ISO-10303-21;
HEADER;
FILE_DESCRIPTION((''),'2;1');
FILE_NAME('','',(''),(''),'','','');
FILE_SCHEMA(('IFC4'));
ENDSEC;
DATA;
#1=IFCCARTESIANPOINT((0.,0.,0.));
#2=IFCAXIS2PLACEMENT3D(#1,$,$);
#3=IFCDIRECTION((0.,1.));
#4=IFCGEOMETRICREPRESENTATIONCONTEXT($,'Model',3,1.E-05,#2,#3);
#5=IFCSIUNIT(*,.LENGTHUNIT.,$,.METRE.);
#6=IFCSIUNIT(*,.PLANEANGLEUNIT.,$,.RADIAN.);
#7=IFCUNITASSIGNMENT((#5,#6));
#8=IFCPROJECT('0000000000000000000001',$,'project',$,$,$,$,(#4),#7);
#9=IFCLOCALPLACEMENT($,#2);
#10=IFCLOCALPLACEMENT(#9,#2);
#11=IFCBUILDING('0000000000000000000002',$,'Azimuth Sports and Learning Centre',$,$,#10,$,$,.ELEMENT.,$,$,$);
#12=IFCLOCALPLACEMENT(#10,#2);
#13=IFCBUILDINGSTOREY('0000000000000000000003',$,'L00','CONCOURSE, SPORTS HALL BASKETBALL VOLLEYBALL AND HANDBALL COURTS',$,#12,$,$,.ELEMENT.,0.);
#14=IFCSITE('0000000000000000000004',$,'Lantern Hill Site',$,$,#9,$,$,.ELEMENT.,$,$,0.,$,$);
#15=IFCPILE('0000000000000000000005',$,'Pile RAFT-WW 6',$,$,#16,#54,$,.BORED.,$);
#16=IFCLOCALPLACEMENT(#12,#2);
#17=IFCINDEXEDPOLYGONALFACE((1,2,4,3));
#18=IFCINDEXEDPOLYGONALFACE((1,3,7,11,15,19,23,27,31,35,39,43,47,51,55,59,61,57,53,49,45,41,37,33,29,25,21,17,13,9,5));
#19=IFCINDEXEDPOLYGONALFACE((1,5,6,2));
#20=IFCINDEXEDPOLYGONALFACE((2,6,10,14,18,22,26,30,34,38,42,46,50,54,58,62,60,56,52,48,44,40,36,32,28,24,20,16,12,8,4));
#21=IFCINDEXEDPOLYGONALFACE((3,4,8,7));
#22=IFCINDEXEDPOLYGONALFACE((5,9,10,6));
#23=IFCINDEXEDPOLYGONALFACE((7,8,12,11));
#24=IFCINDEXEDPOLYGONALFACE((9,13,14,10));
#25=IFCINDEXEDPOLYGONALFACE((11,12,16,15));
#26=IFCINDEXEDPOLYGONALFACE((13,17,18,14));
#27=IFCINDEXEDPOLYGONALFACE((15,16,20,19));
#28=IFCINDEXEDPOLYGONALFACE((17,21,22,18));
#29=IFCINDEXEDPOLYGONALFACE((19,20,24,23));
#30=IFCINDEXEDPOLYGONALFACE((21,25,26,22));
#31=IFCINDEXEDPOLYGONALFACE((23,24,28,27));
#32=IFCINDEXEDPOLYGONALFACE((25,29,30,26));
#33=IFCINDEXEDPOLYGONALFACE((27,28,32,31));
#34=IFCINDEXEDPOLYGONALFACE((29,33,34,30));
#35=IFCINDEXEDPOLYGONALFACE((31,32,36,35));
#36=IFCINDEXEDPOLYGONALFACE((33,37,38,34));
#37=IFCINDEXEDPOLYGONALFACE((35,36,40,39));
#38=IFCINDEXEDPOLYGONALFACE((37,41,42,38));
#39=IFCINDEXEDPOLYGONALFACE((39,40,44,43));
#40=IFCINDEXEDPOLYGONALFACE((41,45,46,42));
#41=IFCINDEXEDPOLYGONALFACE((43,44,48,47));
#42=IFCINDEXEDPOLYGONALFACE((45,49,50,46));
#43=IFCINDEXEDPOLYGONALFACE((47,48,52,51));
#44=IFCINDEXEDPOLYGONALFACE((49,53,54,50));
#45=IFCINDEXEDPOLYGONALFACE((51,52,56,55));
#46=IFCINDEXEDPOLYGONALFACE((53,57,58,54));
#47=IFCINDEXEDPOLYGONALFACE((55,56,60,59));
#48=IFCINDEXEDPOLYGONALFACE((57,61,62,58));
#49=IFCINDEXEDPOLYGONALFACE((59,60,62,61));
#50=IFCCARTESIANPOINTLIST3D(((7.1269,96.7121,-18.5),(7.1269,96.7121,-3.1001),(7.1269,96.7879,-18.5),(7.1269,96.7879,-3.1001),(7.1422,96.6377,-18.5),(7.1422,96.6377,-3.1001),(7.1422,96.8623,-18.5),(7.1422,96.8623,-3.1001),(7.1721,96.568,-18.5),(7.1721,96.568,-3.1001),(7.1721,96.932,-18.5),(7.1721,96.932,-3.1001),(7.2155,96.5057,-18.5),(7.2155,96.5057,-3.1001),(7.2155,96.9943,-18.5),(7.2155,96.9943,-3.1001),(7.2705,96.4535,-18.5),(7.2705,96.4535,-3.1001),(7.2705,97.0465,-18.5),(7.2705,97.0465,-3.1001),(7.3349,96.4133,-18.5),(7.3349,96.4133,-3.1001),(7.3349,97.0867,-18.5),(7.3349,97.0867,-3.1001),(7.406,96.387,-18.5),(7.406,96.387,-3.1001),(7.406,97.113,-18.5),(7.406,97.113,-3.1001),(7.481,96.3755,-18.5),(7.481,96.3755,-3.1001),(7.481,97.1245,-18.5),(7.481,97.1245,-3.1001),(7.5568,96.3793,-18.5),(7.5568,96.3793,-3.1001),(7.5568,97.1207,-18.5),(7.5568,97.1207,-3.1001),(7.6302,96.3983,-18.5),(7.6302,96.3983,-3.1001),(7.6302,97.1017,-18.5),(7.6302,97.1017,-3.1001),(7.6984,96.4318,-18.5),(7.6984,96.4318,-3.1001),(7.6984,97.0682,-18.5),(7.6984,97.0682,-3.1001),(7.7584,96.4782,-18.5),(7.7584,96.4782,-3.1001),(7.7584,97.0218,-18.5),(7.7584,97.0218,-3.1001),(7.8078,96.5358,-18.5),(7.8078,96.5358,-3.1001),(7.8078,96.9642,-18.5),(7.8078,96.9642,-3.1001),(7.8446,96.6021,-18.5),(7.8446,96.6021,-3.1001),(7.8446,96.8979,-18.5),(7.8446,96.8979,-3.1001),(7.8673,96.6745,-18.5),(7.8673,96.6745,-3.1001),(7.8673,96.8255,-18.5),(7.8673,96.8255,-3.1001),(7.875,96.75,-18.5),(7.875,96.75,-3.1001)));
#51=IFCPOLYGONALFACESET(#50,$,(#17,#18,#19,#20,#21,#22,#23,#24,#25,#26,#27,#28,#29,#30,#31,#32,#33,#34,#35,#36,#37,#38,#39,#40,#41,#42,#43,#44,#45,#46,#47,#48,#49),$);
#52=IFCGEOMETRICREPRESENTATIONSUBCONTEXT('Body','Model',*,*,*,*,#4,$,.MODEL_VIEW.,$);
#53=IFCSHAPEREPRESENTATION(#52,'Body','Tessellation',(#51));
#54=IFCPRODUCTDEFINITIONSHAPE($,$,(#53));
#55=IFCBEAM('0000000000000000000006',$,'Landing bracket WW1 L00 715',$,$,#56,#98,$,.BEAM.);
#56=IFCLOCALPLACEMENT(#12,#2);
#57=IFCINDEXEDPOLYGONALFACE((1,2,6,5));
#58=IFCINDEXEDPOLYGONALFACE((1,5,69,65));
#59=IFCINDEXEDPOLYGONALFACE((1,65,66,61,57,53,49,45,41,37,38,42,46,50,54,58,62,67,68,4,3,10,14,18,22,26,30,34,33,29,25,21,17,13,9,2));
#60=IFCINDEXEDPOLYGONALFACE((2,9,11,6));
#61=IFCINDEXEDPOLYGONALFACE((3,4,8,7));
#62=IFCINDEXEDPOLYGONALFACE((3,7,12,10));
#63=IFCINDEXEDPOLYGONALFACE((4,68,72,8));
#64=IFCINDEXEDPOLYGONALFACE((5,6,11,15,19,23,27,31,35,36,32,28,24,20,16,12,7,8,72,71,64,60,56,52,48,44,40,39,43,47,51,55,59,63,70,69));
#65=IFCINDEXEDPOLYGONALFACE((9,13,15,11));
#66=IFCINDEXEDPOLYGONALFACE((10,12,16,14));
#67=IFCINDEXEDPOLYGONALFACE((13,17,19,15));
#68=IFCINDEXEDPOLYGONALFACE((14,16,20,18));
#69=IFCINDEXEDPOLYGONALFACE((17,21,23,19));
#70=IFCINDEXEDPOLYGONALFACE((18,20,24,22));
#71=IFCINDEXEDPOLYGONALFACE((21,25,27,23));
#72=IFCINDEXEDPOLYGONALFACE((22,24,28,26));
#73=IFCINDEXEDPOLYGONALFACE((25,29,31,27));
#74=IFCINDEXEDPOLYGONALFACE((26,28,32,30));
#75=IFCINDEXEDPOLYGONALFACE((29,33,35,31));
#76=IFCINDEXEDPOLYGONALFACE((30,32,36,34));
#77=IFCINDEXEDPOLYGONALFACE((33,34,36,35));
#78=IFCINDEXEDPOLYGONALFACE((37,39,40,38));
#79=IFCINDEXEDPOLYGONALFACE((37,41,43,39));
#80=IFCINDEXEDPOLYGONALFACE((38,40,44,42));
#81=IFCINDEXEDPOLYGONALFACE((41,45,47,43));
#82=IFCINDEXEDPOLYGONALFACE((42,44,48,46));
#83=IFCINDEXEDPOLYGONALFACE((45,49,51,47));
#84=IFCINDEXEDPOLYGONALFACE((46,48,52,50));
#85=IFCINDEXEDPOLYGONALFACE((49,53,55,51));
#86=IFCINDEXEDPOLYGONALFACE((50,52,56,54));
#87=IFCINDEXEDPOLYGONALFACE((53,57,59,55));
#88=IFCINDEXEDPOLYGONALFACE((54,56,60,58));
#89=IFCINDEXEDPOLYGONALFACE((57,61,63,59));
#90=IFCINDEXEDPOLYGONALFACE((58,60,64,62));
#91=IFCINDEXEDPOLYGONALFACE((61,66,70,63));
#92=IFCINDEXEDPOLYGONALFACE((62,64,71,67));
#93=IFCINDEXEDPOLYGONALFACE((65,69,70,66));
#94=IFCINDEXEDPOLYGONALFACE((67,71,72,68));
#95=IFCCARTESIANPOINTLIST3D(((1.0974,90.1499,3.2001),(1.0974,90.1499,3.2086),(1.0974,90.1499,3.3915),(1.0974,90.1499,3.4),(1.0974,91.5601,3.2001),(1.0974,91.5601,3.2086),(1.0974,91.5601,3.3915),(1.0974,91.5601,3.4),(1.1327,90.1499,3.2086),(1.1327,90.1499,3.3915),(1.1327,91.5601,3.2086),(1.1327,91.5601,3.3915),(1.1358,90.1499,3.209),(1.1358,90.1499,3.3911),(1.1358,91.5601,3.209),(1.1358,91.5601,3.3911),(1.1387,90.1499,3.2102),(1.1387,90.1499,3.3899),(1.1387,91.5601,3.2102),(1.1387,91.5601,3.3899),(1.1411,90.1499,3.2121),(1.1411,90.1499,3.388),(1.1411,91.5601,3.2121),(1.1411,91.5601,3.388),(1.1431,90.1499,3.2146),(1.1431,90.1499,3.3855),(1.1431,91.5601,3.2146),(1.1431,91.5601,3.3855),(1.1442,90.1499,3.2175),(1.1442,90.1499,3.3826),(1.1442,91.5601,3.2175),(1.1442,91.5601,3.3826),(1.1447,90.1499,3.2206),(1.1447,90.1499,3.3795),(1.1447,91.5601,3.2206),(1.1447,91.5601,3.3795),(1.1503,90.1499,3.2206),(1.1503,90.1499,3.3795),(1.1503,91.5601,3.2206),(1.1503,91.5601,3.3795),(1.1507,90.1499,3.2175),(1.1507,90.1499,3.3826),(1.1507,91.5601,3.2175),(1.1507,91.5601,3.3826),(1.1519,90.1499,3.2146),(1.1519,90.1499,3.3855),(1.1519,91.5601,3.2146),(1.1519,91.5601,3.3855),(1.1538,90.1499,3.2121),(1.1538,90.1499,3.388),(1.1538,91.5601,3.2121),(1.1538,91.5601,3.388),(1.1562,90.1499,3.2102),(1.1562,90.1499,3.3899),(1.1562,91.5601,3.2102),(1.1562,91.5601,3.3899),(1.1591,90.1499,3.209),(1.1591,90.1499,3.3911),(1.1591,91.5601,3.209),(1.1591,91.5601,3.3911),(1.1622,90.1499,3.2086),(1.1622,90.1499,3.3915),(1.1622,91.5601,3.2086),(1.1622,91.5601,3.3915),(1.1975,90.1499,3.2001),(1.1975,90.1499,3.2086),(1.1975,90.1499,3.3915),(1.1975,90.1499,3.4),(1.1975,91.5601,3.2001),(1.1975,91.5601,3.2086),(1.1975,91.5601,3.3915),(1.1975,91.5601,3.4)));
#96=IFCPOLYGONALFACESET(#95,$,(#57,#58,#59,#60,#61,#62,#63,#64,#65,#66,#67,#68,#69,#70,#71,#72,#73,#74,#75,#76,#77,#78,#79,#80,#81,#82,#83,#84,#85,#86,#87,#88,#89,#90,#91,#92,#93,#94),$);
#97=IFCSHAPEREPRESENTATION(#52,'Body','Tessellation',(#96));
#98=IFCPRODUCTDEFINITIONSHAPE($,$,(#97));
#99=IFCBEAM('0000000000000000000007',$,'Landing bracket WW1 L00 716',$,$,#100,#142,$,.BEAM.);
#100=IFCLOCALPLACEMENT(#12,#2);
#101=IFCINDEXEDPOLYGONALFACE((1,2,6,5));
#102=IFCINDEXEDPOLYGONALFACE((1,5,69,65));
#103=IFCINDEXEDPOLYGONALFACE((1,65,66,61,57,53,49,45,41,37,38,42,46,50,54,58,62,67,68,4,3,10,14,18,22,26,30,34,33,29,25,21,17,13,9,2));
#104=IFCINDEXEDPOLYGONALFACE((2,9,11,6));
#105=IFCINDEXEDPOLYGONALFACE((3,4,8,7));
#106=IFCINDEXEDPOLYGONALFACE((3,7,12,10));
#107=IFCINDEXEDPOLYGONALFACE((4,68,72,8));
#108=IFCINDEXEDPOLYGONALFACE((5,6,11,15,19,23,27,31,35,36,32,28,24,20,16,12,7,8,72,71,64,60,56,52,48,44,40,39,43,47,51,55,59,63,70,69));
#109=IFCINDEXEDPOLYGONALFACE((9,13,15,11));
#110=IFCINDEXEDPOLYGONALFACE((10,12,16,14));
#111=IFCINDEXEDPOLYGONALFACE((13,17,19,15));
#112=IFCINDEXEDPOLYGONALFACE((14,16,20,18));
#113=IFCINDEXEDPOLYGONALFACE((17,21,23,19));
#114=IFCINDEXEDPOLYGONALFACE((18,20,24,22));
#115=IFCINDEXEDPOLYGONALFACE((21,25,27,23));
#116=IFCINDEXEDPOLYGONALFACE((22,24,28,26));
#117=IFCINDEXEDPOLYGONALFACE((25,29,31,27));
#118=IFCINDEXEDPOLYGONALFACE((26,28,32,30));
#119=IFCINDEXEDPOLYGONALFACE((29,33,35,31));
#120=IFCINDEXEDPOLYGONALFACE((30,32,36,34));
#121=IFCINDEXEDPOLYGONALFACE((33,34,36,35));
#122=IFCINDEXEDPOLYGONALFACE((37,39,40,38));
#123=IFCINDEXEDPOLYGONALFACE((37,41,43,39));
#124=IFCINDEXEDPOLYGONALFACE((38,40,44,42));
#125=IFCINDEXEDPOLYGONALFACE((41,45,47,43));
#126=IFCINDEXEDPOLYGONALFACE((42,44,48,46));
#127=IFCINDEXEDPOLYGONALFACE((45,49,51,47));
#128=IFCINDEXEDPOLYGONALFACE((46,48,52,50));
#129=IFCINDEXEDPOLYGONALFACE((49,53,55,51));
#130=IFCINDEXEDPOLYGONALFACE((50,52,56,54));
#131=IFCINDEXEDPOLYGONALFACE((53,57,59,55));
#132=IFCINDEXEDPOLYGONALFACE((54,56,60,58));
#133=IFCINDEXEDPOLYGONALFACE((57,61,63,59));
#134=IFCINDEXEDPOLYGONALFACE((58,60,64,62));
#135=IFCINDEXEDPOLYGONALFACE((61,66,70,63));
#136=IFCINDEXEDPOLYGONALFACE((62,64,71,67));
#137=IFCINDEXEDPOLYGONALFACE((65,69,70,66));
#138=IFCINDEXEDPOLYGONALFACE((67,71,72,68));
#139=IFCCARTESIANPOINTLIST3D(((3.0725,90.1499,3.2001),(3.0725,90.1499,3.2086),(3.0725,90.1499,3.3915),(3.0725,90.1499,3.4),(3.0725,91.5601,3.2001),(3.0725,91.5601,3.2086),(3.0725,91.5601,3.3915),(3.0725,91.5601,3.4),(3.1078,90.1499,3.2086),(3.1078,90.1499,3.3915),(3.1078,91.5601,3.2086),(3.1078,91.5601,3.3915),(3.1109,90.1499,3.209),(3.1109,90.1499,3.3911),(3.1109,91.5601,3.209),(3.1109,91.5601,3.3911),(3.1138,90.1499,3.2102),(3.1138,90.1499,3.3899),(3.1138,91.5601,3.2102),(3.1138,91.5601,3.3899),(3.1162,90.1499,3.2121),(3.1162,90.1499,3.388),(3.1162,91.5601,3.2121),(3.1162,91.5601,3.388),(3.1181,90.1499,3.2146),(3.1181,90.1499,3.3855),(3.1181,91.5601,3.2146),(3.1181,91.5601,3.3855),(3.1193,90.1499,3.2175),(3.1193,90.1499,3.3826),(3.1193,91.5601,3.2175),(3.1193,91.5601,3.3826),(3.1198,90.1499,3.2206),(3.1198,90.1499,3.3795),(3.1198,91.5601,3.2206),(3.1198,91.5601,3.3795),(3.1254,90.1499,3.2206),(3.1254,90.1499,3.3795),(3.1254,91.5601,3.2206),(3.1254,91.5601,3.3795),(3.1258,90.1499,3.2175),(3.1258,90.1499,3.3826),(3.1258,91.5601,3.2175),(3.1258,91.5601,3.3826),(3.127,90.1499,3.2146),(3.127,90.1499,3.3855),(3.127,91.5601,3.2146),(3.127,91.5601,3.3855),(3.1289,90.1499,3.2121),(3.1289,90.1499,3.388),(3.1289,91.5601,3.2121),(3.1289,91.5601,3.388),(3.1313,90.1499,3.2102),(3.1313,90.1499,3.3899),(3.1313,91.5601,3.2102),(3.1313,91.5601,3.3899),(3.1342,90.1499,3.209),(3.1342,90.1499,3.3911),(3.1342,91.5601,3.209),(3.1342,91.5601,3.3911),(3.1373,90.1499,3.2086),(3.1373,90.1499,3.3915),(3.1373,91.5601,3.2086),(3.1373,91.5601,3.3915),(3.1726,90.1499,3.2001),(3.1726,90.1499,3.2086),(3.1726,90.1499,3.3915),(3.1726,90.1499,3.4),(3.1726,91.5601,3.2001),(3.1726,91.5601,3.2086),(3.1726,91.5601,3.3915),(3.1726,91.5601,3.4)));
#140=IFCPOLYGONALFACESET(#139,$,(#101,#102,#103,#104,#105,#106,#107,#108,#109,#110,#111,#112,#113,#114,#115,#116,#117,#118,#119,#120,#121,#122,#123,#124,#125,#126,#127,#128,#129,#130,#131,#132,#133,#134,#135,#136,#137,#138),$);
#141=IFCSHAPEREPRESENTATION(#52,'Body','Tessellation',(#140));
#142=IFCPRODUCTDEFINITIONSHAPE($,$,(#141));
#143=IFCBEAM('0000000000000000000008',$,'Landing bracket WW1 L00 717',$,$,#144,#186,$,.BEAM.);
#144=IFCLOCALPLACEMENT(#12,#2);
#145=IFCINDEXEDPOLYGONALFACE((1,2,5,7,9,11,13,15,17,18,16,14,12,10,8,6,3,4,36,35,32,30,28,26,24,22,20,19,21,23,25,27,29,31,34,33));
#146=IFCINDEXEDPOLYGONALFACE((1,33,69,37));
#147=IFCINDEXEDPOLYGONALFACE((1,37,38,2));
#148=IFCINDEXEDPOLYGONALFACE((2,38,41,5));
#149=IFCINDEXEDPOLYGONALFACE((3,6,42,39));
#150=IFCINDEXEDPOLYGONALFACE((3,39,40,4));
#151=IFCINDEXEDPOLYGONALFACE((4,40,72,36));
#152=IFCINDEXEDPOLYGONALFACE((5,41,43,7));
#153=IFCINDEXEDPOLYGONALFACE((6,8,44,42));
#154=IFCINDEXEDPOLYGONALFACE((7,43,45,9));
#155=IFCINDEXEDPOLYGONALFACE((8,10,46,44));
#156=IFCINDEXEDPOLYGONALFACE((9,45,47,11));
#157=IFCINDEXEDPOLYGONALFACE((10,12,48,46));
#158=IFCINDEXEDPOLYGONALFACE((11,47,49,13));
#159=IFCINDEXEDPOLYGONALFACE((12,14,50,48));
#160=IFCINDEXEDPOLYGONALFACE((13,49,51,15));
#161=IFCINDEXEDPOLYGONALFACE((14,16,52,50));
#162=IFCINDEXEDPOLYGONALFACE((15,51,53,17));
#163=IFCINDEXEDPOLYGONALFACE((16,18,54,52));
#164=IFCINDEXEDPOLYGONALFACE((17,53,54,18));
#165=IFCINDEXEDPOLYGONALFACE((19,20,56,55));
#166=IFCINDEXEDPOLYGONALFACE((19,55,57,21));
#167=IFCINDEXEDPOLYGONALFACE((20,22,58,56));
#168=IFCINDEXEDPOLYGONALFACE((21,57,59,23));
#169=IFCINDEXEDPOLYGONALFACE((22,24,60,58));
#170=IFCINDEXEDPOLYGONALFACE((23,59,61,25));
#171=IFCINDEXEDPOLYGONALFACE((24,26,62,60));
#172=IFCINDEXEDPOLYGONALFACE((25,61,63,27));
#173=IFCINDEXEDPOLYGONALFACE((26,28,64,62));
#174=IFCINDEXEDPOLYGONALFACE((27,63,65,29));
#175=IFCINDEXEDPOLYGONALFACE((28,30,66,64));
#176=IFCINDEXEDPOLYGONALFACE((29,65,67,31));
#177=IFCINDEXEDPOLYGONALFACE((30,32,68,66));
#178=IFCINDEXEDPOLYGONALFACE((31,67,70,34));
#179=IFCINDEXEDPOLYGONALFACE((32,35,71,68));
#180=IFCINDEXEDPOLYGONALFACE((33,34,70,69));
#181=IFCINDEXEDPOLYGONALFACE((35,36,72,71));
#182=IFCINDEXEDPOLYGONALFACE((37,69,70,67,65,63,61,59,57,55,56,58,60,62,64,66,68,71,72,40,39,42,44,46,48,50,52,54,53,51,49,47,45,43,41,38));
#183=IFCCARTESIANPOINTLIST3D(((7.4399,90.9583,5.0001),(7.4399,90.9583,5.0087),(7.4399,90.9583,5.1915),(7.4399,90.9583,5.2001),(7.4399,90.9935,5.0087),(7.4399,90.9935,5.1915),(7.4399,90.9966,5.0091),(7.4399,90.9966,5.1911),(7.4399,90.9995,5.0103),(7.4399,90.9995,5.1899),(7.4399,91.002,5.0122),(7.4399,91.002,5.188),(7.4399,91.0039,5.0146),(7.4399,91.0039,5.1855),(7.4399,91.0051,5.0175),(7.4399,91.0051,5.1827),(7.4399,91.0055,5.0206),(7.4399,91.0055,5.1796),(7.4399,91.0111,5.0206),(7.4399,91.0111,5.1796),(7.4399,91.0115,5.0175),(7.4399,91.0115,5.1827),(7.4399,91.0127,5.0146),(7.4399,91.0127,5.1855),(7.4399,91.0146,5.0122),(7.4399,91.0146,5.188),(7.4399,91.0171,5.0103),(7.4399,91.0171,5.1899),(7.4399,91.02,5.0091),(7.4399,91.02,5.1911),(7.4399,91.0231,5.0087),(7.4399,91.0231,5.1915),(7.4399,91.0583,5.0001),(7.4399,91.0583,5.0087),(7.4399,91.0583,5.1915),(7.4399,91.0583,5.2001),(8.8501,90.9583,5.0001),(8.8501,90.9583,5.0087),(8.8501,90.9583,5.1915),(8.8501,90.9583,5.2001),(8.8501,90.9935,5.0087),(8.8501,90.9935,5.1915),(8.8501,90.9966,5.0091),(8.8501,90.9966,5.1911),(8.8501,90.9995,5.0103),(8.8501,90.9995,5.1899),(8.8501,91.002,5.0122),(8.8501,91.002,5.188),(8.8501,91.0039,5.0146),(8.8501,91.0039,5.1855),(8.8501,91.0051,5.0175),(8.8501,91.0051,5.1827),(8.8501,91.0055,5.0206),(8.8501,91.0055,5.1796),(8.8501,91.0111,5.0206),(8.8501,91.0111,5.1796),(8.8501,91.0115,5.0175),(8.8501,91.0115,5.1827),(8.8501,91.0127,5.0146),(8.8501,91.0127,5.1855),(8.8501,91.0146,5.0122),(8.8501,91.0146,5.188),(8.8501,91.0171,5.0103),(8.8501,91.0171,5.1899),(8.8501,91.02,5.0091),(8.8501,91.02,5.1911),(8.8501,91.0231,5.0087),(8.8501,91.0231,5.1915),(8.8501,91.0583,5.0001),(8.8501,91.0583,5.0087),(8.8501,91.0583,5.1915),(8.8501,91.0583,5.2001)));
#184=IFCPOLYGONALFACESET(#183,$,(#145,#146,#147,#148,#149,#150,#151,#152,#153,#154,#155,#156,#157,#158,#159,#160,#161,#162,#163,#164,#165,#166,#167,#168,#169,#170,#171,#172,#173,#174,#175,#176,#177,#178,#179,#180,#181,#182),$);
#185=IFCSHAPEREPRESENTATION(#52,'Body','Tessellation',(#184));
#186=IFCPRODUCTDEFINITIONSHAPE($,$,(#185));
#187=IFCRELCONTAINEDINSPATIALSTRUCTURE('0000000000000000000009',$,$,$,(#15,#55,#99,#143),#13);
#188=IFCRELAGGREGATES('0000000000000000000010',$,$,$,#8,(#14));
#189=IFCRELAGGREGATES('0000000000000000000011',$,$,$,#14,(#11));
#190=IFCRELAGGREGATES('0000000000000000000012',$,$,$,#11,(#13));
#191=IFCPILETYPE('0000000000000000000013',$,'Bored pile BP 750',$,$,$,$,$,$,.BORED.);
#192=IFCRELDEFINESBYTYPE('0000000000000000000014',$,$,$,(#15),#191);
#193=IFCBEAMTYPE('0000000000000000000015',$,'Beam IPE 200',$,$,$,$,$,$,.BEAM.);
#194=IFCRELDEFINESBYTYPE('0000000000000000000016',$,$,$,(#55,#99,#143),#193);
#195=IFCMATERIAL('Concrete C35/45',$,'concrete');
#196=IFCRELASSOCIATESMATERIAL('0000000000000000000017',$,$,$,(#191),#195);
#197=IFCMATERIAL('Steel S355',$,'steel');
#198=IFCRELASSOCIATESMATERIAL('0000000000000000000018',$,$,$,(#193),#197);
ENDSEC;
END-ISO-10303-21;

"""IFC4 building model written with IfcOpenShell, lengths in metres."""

from ifc_helpers import new_model, si_unit, direction, frame, origin, origin_2d, place, context, subcontext, project, spatial, circle, i_section, extrude, material, material_profile, profile_set, type_object, element, save


model = new_model("IFC4")

# Units and contexts
model_context = context("Model", 3, precision=1e-05, world=origin(), true_north=direction((0.0, 1.0)))
body_context = subcontext(model_context, "Body", "Model", "MODEL_VIEW")
ifc_project = project(units=[si_unit("LENGTHUNIT", "METRE"), si_unit("PLANEANGLEUNIT", "RADIAN")], contexts=[model_context])

# Site, building, storey
site_placement = place(None, origin())
site = spatial("IfcSite", under=ifc_project, at=site_placement, Name="Lantern Hill Site", CompositionType="ELEMENT", RefElevation=0.0)
building_placement = place(site_placement, origin())
building = spatial("IfcBuilding", under=site, at=building_placement, Name="Azimuth Sports and Learning Centre", CompositionType="ELEMENT")
storey_placement = place(building_placement, origin())
storey = spatial("IfcBuildingStorey", under=building, at=storey_placement, Name="L00", Description="CONCOURSE, SPORTS HALL BASKETBALL VOLLEYBALL AND HANDBALL COURTS", CompositionType="ELEMENT", Elevation=0.0)

# Pile
ifc_material_1 = material(Name="Concrete C35/45", Category="concrete")
ifc_material_profile_1 = material_profile(ifc_material_1, circle(Radius=0.375, at=origin_2d()), Name="BP 750")
ifc_profile_set_1 = profile_set([ifc_material_profile_1], Name="Concrete C35/45")
pile_type = type_object("IfcPileType", Name="Bored pile BP 750", PredefinedType="BORED", material=ifc_profile_set_1)
for number, where, z_axis, x_axis, name in (
    (1, (7.5, 96.75, -3.1001), (0.0, 0.0, -1.0), (1.0, 0.0, 0.0), "Pile RAFT-WW 6"),
):
    element("IfcPile", number, at=place(storey_placement, frame(where, z_axis=z_axis, x_axis=x_axis)), inside=storey, type_object=pile_type, Name=name, PredefinedType="BORED", context=body_context, shape_type="SweptSolid", body=[
        extrude(circle(Radius=0.375, at=origin_2d()), origin(), (0.0, 0.0, 1.0), 15.3999),
    ])

# Beams
ifc_material_2 = material(Name="Steel S355", Category="steel")
ifc_material_profile_2 = material_profile(ifc_material_2, i_section(OverallWidth=0.1001, OverallDepth=0.2, WebThickness=0.0056, FlangeThickness=0.0085, FilletRadius=0.012, at=origin_2d()), Name="IPE 200")
ifc_profile_set_2 = profile_set([ifc_material_profile_2], Name="Steel S355")
beam_type = type_object("IfcBeamType", Name="Beam IPE 200", PredefinedType="BEAM", material=ifc_profile_set_2)
for number, where, z_axis, x_axis, name in (
    (2, (1.1475, 90.1499, 3.3), (0.0, 1.0, 0.0), (-1.0, 0.0, 0.0), "Landing bracket WW1 L00 715"),
    (3, (3.1226, 90.1499, 3.3), (0.0, 1.0, 0.0), (-1.0, 0.0, 0.0), "Landing bracket WW1 L00 716"),
    (4, (8.8501, 91.0083, 5.1001), (-1.0, 0.0, 0.0), (0.0, -1.0, 0.0), "Landing bracket WW1 L00 717"),
):
    element("IfcBeam", number, at=place(storey_placement, frame(where, z_axis=z_axis, x_axis=x_axis)), inside=storey, type_object=beam_type, Name=name, PredefinedType="BEAM", context=body_context, shape_type="SweptSolid", body=[
        extrude(i_section(OverallWidth=0.1001, OverallDepth=0.2, WebThickness=0.0056, FlangeThickness=0.0085, FilletRadius=0.012, at=origin_2d()), origin(), (0.0, 0.0, 1.0), 1.4102),
    ])

save(model, "model.ifc")
